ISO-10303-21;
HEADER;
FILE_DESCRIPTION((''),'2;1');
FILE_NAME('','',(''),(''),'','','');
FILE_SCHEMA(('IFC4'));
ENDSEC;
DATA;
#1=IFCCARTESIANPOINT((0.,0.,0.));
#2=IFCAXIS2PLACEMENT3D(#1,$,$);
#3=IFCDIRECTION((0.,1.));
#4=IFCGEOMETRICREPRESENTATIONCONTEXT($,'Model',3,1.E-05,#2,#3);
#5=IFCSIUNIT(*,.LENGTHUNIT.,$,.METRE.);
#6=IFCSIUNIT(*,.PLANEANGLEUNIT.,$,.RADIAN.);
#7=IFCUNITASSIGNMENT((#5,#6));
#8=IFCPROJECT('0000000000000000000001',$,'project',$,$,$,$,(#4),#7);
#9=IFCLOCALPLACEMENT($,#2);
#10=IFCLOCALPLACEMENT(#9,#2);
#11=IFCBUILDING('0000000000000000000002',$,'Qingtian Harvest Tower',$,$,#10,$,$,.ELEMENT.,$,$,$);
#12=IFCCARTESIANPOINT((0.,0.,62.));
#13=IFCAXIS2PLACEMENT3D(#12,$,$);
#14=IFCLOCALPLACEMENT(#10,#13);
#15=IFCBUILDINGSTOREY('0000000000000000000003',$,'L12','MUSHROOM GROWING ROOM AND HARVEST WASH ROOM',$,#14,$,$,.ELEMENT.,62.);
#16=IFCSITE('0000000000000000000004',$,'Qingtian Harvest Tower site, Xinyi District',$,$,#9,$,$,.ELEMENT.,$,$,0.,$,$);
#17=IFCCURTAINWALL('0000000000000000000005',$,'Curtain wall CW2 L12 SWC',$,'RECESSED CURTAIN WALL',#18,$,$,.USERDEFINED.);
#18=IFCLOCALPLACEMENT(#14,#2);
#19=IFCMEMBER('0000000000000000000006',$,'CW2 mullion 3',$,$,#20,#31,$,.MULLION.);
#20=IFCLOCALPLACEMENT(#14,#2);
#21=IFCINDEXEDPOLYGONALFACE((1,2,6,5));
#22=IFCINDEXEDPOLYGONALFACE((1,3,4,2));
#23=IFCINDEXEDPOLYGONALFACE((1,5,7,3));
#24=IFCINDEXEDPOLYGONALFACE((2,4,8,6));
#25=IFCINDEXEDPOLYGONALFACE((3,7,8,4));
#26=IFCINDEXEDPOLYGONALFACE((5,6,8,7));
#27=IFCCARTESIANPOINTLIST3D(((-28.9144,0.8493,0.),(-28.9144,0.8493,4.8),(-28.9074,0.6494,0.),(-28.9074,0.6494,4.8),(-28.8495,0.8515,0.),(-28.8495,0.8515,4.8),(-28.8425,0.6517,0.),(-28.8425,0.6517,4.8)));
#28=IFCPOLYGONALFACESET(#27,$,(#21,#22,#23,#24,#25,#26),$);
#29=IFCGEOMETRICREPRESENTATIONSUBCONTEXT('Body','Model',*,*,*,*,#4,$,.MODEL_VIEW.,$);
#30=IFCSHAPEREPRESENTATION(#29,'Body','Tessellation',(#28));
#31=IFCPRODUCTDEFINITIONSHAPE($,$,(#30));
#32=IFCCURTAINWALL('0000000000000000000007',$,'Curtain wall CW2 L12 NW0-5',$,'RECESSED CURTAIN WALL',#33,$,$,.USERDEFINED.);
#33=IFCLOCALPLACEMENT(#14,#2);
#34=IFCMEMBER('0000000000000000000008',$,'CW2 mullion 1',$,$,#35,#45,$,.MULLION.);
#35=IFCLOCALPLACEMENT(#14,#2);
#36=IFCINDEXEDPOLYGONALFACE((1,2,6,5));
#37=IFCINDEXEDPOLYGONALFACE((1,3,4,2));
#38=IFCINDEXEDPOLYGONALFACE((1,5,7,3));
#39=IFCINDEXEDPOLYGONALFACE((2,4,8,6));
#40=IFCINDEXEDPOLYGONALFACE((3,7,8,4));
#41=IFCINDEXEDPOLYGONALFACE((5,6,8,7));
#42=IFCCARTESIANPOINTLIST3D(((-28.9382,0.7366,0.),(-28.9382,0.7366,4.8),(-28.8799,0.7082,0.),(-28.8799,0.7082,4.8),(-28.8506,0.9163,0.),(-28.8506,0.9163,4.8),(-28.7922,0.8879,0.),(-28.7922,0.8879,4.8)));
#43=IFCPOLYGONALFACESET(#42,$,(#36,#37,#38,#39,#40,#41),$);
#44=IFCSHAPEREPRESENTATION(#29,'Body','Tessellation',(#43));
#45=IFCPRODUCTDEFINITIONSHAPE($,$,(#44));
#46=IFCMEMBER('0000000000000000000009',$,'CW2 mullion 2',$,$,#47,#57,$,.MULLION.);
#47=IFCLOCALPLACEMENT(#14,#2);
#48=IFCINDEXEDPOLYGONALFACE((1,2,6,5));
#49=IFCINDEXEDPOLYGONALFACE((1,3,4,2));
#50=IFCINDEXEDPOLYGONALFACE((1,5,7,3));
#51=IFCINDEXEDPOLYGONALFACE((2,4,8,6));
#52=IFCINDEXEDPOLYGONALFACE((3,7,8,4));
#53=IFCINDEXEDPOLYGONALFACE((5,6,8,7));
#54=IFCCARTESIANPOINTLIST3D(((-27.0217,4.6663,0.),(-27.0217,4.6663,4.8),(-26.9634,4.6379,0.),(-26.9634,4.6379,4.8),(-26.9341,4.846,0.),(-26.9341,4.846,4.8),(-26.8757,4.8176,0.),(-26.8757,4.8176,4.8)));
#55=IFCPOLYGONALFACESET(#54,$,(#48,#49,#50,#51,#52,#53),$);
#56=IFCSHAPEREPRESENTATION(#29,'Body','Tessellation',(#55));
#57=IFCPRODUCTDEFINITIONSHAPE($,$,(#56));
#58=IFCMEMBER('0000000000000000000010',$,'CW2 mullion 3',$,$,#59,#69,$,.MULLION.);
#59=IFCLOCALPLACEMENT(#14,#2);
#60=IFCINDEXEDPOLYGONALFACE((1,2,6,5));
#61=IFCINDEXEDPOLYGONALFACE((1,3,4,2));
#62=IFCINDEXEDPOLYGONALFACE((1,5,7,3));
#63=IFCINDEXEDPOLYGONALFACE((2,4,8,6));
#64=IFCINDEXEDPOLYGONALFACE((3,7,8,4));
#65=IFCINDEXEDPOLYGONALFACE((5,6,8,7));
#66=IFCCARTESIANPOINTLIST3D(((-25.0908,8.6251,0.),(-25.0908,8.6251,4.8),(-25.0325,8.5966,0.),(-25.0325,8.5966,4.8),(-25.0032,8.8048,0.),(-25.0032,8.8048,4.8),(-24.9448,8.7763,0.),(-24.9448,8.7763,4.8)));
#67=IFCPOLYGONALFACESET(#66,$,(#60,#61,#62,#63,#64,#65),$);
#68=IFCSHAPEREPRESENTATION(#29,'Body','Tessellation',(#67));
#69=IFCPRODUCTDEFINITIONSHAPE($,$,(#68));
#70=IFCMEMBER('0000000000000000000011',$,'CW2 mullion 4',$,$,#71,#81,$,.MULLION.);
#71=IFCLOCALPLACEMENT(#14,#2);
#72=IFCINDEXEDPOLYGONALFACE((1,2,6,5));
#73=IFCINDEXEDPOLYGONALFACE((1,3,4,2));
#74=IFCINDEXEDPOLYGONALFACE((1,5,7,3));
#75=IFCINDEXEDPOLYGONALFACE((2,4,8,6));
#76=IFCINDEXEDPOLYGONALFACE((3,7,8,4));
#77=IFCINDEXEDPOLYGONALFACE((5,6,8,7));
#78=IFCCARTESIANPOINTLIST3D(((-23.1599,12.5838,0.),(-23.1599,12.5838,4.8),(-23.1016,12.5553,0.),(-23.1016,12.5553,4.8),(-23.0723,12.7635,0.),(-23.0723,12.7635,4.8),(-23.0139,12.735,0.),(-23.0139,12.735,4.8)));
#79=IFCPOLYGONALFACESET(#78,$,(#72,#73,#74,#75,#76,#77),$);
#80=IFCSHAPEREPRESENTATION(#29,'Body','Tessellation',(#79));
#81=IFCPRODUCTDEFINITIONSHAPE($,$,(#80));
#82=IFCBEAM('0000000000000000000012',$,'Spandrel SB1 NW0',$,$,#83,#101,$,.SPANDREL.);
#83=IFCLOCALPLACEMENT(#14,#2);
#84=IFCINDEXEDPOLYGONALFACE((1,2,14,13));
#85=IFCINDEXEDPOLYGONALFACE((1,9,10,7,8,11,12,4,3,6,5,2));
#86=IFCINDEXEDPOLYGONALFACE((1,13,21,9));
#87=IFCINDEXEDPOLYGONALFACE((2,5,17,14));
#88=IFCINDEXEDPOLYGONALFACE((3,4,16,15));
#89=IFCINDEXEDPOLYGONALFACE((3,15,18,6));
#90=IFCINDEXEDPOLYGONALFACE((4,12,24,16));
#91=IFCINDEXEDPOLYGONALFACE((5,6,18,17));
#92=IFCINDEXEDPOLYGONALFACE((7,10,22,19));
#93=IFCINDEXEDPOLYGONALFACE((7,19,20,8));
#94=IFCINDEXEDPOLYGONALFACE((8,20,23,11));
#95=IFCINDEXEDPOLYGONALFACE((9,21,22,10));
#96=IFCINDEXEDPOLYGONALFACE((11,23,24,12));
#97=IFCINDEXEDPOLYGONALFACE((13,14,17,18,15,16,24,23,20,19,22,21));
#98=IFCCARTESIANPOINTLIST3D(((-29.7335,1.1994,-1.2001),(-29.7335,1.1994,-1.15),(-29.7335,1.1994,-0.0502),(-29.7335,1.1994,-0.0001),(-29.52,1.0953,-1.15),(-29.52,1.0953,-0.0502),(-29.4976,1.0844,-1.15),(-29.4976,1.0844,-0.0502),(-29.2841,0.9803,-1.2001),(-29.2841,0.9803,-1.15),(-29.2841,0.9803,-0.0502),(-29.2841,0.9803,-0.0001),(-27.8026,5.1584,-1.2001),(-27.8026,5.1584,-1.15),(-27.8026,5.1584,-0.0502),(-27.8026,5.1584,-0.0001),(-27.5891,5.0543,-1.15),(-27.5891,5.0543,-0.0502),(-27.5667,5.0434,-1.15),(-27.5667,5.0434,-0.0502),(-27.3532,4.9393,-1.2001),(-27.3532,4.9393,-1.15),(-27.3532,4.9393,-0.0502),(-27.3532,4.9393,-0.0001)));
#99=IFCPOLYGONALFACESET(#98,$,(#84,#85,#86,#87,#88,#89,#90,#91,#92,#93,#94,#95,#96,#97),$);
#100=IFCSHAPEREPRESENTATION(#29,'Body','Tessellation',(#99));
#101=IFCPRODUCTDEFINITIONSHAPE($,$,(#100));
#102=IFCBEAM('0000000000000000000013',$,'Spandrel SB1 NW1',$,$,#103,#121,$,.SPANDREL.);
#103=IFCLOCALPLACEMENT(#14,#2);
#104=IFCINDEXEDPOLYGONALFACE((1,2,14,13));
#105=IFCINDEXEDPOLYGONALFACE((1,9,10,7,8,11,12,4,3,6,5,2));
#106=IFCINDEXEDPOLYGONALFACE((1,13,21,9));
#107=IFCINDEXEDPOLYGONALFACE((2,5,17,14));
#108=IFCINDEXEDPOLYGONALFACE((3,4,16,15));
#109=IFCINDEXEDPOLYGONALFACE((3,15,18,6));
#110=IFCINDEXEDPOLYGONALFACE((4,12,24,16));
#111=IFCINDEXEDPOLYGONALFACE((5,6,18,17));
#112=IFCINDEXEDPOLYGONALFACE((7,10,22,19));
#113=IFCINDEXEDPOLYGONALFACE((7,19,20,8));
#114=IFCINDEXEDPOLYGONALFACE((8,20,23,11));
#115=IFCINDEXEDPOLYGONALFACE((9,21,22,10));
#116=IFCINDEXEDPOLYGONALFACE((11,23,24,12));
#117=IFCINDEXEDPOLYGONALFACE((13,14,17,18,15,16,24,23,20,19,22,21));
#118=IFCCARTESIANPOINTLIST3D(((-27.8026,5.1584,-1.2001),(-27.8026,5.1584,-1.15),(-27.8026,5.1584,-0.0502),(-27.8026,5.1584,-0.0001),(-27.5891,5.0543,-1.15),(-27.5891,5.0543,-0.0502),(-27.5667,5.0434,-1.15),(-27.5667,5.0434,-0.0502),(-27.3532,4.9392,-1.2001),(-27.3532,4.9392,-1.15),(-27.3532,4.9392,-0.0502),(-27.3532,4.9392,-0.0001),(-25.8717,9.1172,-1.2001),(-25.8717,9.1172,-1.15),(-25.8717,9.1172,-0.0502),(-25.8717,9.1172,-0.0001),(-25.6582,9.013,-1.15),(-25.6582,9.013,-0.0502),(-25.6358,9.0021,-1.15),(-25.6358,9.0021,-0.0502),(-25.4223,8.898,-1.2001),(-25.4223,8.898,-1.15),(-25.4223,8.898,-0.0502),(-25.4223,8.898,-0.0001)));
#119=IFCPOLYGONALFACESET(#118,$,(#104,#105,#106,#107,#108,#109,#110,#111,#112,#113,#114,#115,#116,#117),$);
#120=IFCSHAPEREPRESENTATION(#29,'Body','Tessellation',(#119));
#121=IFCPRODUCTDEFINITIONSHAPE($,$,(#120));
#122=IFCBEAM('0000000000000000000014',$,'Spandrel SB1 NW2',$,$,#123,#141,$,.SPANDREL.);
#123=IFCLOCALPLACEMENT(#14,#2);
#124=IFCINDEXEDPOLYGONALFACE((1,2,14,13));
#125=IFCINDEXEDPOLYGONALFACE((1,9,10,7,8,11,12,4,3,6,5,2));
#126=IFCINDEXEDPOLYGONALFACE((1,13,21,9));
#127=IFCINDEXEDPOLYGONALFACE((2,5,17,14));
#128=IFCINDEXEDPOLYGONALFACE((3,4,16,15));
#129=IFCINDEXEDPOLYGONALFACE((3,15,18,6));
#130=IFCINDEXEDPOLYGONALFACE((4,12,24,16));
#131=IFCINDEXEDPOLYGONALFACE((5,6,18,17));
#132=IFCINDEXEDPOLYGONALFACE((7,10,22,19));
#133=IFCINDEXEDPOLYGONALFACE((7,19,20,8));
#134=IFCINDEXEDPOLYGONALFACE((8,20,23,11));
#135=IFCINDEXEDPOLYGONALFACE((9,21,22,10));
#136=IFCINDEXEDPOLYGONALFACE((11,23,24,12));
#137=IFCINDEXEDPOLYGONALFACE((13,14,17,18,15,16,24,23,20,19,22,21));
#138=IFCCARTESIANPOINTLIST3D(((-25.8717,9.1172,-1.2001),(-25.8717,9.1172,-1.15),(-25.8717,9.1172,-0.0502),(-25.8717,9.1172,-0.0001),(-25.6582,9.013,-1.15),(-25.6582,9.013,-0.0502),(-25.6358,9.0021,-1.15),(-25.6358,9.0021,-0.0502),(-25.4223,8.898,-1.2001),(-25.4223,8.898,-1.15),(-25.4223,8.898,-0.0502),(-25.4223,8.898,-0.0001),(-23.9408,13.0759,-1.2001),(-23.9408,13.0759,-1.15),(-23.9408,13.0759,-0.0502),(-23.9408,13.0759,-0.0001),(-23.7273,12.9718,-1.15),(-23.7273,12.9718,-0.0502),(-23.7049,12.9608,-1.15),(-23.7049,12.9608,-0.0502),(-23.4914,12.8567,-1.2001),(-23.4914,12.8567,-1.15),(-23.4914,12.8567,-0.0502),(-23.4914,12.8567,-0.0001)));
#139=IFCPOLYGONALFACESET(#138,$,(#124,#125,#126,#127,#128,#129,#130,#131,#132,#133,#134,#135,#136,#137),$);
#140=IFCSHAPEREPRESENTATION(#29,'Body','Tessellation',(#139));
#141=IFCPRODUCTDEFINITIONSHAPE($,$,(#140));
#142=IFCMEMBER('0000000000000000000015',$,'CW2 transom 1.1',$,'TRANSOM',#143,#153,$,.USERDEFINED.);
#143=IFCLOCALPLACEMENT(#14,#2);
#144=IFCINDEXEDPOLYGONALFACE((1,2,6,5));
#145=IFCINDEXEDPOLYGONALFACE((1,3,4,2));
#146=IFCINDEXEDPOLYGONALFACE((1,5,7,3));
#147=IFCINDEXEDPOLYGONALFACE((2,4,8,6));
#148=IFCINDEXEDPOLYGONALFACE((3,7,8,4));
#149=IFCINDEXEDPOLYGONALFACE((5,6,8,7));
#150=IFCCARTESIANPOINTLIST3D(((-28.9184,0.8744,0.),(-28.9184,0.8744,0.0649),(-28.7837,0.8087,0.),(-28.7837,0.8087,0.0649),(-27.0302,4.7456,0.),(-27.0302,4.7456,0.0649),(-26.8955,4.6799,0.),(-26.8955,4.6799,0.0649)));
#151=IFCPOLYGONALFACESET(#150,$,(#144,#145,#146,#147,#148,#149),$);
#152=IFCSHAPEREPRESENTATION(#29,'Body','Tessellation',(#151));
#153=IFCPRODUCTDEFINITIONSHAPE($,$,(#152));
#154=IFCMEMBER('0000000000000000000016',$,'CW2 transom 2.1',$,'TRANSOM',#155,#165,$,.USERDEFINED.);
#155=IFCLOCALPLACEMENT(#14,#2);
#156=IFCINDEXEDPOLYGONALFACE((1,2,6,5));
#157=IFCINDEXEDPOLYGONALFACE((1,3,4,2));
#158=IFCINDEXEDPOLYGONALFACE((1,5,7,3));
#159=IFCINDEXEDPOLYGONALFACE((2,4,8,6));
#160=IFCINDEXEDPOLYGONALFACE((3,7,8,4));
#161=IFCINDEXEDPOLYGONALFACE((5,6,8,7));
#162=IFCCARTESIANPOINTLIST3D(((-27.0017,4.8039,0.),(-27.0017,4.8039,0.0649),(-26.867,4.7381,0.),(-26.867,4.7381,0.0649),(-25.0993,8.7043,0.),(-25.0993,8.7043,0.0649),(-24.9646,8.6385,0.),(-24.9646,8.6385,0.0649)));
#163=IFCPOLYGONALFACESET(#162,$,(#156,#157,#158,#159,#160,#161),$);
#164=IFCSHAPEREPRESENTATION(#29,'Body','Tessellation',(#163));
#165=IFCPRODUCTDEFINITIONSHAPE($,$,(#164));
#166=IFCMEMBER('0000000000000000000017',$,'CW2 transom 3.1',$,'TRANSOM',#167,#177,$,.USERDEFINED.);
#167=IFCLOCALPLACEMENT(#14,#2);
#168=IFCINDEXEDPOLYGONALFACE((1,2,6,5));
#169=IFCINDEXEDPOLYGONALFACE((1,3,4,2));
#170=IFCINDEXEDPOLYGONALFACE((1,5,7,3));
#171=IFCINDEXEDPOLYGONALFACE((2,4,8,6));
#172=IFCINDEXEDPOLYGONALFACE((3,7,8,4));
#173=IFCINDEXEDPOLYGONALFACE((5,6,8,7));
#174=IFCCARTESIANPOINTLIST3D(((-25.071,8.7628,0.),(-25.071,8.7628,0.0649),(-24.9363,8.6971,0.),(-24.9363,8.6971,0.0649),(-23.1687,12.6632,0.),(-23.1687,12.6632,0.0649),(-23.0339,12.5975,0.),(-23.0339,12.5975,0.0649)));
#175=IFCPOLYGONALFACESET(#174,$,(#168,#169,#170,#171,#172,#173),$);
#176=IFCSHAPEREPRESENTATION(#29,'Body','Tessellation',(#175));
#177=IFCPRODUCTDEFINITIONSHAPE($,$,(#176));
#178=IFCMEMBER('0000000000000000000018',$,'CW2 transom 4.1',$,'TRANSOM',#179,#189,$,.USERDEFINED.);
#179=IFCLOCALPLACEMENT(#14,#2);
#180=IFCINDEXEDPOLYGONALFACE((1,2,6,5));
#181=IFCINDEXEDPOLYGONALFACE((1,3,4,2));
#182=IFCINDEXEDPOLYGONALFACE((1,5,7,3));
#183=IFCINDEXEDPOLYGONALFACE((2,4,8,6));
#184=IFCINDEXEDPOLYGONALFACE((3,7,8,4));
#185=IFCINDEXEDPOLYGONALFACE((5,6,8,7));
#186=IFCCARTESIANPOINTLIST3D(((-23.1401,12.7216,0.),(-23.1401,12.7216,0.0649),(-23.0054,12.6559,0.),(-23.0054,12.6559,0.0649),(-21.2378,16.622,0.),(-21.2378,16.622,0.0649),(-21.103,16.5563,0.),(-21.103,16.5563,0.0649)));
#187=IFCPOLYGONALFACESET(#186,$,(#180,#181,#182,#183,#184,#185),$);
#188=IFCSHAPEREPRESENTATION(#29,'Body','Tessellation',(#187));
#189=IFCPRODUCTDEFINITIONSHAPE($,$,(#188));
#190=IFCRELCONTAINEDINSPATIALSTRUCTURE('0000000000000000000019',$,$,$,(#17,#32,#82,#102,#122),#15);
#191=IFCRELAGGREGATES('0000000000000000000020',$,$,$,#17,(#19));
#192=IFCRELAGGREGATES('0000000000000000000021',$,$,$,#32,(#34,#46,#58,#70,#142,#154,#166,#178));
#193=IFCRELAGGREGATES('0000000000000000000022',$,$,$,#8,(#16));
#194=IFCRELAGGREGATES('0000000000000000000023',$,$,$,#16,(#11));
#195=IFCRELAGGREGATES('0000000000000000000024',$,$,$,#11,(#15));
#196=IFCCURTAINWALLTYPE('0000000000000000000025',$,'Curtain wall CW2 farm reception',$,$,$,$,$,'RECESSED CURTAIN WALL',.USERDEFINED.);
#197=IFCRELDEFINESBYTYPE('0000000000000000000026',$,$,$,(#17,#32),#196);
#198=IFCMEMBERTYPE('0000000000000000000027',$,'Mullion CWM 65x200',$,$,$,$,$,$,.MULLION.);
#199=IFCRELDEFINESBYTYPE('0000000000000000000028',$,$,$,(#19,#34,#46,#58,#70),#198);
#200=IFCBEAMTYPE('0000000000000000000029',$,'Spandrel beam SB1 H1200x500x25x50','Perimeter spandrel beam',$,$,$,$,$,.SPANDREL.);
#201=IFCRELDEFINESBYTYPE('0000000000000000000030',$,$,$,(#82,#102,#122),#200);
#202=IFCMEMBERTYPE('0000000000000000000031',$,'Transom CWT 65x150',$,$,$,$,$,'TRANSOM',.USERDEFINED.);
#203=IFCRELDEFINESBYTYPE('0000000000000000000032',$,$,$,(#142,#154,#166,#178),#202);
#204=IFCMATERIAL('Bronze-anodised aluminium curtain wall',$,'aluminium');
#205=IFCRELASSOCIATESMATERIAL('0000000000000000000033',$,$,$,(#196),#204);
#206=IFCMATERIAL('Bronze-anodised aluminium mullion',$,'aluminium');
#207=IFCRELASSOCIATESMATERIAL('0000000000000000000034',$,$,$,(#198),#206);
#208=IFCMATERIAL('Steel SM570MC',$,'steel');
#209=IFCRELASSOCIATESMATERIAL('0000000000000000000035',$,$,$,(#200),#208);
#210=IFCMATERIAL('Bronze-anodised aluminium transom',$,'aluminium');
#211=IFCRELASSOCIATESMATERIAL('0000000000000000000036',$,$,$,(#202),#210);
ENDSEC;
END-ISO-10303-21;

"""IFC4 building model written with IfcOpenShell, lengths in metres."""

from ifc_helpers import new_model, si_unit, direction, frame, origin, origin_2d, place, context, subcontext, project, spatial, rectangle, i_section, extrude, material, material_profile, profile_set, type_object, element, aggregate, save


model = new_model("IFC4")

# Units and contexts
model_context = context("Model", 3, precision=1e-05, world=origin(), true_north=direction((0.0, 1.0)))
body_context = subcontext(model_context, "Body", "Model", "MODEL_VIEW")
ifc_project = project(units=[si_unit("LENGTHUNIT", "METRE"), si_unit("PLANEANGLEUNIT", "RADIAN")], contexts=[model_context])

# Site, building, storey
site_placement = place(None, origin())
site = spatial("IfcSite", under=ifc_project, at=site_placement, Name="Qingtian Harvest Tower site, Xinyi District", CompositionType="ELEMENT", RefElevation=0.0)
building_placement = place(site_placement, origin())
building = spatial("IfcBuilding", under=site, at=building_placement, Name="Qingtian Harvest Tower", CompositionType="ELEMENT")
storey_placement = place(building_placement, frame((0.0, 0.0, 62.0)))
storey = spatial("IfcBuildingStorey", under=building, at=storey_placement, Name="L12", Description="MUSHROOM GROWING ROOM AND HARVEST WASH ROOM", CompositionType="ELEMENT", Elevation=62.0)

# Curtain wall, member
ifc_material_1 = material(Name="Bronze-anodised aluminium curtain wall", Category="aluminium")
curtain_wall_type = type_object("IfcCurtainWallType", Name="Curtain wall CW2 farm reception", ElementType="RECESSED CURTAIN WALL", PredefinedType="USERDEFINED", material=ifc_material_1)
curtain_wall_1_placement = place(storey_placement, origin())
curtain_wall_1 = element("IfcCurtainWall", 1, at=curtain_wall_1_placement, inside=storey, type_object=curtain_wall_type, Name="Curtain wall CW2 L12 SWC", ObjectType="RECESSED CURTAIN WALL", PredefinedType="USERDEFINED")
ifc_material_2 = material(Name="Bronze-anodised aluminium mullion", Category="aluminium")
ifc_material_profile_1 = material_profile(ifc_material_2, rectangle(XDim=0.0649, YDim=0.2, at=origin_2d()), Name="AL 65x200")
ifc_profile_set_1 = profile_set([ifc_material_profile_1], Name="Bronze-anodised aluminium mullion")
member_type_1 = type_object("IfcMemberType", Name="Mullion CWM 65x200", PredefinedType="MULLION", material=ifc_profile_set_1)
member_1_placement = place(storey_placement, frame((-28.8784, 0.7505, 0.0), z_axis=(0.0, 0.0, 1.0), x_axis=(-0.999391, -0.034899, 0.0)))
member_1 = element("IfcMember", 2, at=member_1_placement, type_object=member_type_1, Name="CW2 mullion 3", PredefinedType="MULLION", context=body_context, shape_type="SweptSolid", body=[
    extrude(rectangle(XDim=0.0649, YDim=0.2, at=origin_2d()), origin(), (0.0, 0.0, 1.0), 4.8),
])
aggregate(curtain_wall_1, [member_1])

# Curtain wall, members
curtain_wall_2_placement = place(storey_placement, origin())
curtain_wall_2 = element("IfcCurtainWall", 3, at=curtain_wall_2_placement, inside=storey, type_object=curtain_wall_type, Name="Curtain wall CW2 L12 NW0-5", ObjectType="RECESSED CURTAIN WALL", PredefinedType="USERDEFINED")
member_2_placement = place(storey_placement, frame((-28.8652, 0.8123, 0.0), z_axis=(0.0, 0.0, 1.0), x_axis=(-0.898794, 0.438371, 0.0)))
member_2 = element("IfcMember", 4, at=member_2_placement, type_object=member_type_1, Name="CW2 mullion 1", PredefinedType="MULLION", context=body_context, shape_type="SweptSolid", body=[
    extrude(rectangle(XDim=0.0649, YDim=0.2, at=origin_2d()), origin(), (0.0, 0.0, 1.0), 4.8),
])
member_3_placement = place(storey_placement, frame((-26.9487, 4.7419, 0.0), z_axis=(0.0, 0.0, 1.0), x_axis=(-0.898794, 0.438371, 0.0)))
member_3 = element("IfcMember", 5, at=member_3_placement, type_object=member_type_1, Name="CW2 mullion 2", PredefinedType="MULLION", context=body_context, shape_type="SweptSolid", body=[
    extrude(rectangle(XDim=0.0649, YDim=0.2, at=origin_2d()), origin(), (0.0, 0.0, 1.0), 4.8),
])
member_4_placement = place(storey_placement, frame((-25.0178, 8.7007, 0.0), z_axis=(0.0, 0.0, 1.0), x_axis=(-0.898794, 0.438371, 0.0)))
member_4 = element("IfcMember", 6, at=member_4_placement, type_object=member_type_1, Name="CW2 mullion 3", PredefinedType="MULLION", context=body_context, shape_type="SweptSolid", body=[
    extrude(rectangle(XDim=0.0649, YDim=0.2, at=origin_2d()), origin(), (0.0, 0.0, 1.0), 4.8),
])
member_5_placement = place(storey_placement, frame((-23.0869, 12.6594, 0.0), z_axis=(0.0, 0.0, 1.0), x_axis=(-0.898794, 0.438371, 0.0)))
member_5 = element("IfcMember", 7, at=member_5_placement, type_object=member_type_1, Name="CW2 mullion 4", PredefinedType="MULLION", context=body_context, shape_type="SweptSolid", body=[
    extrude(rectangle(XDim=0.0649, YDim=0.2, at=origin_2d()), origin(), (0.0, 0.0, 1.0), 4.8),
])

# Beams
ifc_material_3 = material(Name="Steel SM570MC", Category="steel")
ifc_material_profile_2 = material_profile(ifc_material_3, i_section(OverallWidth=0.5, OverallDepth=1.2, WebThickness=0.0249, FlangeThickness=0.05, at=origin_2d()), Name="H1200x500x25x50")
ifc_profile_set_2 = profile_set([ifc_material_profile_2], Name="Steel SM570MC")
beam_type_1 = type_object("IfcBeamType", Name="Spandrel beam SB1 H1200x500x25x50", Description="Perimeter spandrel beam", PredefinedType="SPANDREL", material=ifc_profile_set_2)
beam_1_placement = place(storey_placement, frame((-29.5088, 1.0898, -0.6001), z_axis=(0.438368, 0.898796, 0.0), x_axis=(-0.898796, 0.438368, 0.0)))
element("IfcBeam", 8, at=beam_1_placement, inside=storey, type_object=beam_type_1, Name="Spandrel SB1 NW0", PredefinedType="SPANDREL", context=body_context, shape_type="SweptSolid", body=[
    extrude(i_section(OverallWidth=0.5, OverallDepth=1.2, WebThickness=0.0249, FlangeThickness=0.05, at=origin_2d()), origin(), (0.0, 0.0, 1.0), 4.4048),
])
for number, where, z_axis, x_axis, name in (
    (9, (-27.5779, 5.0488, -0.6001), (0.43839, 0.898785, 0.0), (-0.898785, 0.43839, 0.0), "Spandrel SB1 NW1"),
    (10, (-25.647, 9.0076, -0.6001), (0.43839, 0.898785, 0.0), (-0.898785, 0.43839, 0.0), "Spandrel SB1 NW2"),
):
    element("IfcBeam", number, at=place(storey_placement, frame(where, z_axis=z_axis, x_axis=x_axis)), inside=storey, type_object=beam_type_1, Name=name, PredefinedType="SPANDREL", context=body_context, shape_type="SweptSolid", body=[
        extrude(i_section(OverallWidth=0.5, OverallDepth=1.2, WebThickness=0.0249, FlangeThickness=0.05, at=origin_2d()), origin(), (0.0, 0.0, 1.0), 4.4045),
    ])

# Members
ifc_material_4 = material(Name="Bronze-anodised aluminium transom", Category="aluminium")
ifc_material_profile_3 = material_profile(ifc_material_4, rectangle(XDim=0.1499, YDim=0.0649, at=origin_2d()), Name="AL 65x150")
ifc_profile_set_3 = profile_set([ifc_material_profile_3], Name="Bronze-anodised aluminium transom")
member_type_2 = type_object("IfcMemberType", Name="Transom CWT 65x150", ElementType="TRANSOM", PredefinedType="USERDEFINED", material=ifc_profile_set_3)
member_6_placement = place(storey_placement, frame((-28.8511, 0.8416, 0.0325), z_axis=(0.438395, 0.898783, 0.0), x_axis=(-0.898783, 0.438395, 0.0)))
member_6 = element("IfcMember", 11, at=member_6_placement, type_object=member_type_2, Name="CW2 transom 1.1", ObjectType="TRANSOM", PredefinedType="USERDEFINED", context=body_context, shape_type="SweptSolid", body=[
    extrude(rectangle(XDim=0.1499, YDim=0.0649, at=origin_2d()), origin(), (0.0, 0.0, 1.0), 4.3071),
])
member_7_placement = place(storey_placement, frame((-26.9343, 4.771, 0.0325), z_axis=(0.43837, 0.898794, 0.0), x_axis=(-0.898794, 0.43837, 0.0)))
member_7 = element("IfcMember", 12, at=member_7_placement, type_object=member_type_2, Name="CW2 transom 2.1", ObjectType="TRANSOM", PredefinedType="USERDEFINED", context=body_context, shape_type="SweptSolid", body=[
    extrude(rectangle(XDim=0.1499, YDim=0.0649, at=origin_2d()), origin(), (0.0, 0.0, 1.0), 4.3396),
])
member_8_placement = place(storey_placement, frame((-25.0037, 8.73, 0.0325), z_axis=(0.43837, 0.898794, 0.0), x_axis=(-0.898794, 0.43837, 0.0)))
member_8 = element("IfcMember", 13, at=member_8_placement, type_object=member_type_2, Name="CW2 transom 3.1", ObjectType="TRANSOM", PredefinedType="USERDEFINED", context=body_context, shape_type="SweptSolid", body=[
    extrude(rectangle(XDim=0.1499, YDim=0.0649, at=origin_2d()), origin(), (0.0, 0.0, 1.0), 4.3396),
])
member_9_placement = place(storey_placement, frame((-23.0728, 12.6887, 0.0325), z_axis=(0.43837, 0.898794, 0.0), x_axis=(-0.898794, 0.43837, 0.0)))
member_9 = element("IfcMember", 14, at=member_9_placement, type_object=member_type_2, Name="CW2 transom 4.1", ObjectType="TRANSOM", PredefinedType="USERDEFINED", context=body_context, shape_type="SweptSolid", body=[
    extrude(rectangle(XDim=0.1499, YDim=0.0649, at=origin_2d()), origin(), (0.0, 0.0, 1.0), 4.3396),
])

aggregate(curtain_wall_2, [member_2, member_3, member_4, member_5, member_6, member_7, member_8, member_9])

save(model, "model.ifc")
